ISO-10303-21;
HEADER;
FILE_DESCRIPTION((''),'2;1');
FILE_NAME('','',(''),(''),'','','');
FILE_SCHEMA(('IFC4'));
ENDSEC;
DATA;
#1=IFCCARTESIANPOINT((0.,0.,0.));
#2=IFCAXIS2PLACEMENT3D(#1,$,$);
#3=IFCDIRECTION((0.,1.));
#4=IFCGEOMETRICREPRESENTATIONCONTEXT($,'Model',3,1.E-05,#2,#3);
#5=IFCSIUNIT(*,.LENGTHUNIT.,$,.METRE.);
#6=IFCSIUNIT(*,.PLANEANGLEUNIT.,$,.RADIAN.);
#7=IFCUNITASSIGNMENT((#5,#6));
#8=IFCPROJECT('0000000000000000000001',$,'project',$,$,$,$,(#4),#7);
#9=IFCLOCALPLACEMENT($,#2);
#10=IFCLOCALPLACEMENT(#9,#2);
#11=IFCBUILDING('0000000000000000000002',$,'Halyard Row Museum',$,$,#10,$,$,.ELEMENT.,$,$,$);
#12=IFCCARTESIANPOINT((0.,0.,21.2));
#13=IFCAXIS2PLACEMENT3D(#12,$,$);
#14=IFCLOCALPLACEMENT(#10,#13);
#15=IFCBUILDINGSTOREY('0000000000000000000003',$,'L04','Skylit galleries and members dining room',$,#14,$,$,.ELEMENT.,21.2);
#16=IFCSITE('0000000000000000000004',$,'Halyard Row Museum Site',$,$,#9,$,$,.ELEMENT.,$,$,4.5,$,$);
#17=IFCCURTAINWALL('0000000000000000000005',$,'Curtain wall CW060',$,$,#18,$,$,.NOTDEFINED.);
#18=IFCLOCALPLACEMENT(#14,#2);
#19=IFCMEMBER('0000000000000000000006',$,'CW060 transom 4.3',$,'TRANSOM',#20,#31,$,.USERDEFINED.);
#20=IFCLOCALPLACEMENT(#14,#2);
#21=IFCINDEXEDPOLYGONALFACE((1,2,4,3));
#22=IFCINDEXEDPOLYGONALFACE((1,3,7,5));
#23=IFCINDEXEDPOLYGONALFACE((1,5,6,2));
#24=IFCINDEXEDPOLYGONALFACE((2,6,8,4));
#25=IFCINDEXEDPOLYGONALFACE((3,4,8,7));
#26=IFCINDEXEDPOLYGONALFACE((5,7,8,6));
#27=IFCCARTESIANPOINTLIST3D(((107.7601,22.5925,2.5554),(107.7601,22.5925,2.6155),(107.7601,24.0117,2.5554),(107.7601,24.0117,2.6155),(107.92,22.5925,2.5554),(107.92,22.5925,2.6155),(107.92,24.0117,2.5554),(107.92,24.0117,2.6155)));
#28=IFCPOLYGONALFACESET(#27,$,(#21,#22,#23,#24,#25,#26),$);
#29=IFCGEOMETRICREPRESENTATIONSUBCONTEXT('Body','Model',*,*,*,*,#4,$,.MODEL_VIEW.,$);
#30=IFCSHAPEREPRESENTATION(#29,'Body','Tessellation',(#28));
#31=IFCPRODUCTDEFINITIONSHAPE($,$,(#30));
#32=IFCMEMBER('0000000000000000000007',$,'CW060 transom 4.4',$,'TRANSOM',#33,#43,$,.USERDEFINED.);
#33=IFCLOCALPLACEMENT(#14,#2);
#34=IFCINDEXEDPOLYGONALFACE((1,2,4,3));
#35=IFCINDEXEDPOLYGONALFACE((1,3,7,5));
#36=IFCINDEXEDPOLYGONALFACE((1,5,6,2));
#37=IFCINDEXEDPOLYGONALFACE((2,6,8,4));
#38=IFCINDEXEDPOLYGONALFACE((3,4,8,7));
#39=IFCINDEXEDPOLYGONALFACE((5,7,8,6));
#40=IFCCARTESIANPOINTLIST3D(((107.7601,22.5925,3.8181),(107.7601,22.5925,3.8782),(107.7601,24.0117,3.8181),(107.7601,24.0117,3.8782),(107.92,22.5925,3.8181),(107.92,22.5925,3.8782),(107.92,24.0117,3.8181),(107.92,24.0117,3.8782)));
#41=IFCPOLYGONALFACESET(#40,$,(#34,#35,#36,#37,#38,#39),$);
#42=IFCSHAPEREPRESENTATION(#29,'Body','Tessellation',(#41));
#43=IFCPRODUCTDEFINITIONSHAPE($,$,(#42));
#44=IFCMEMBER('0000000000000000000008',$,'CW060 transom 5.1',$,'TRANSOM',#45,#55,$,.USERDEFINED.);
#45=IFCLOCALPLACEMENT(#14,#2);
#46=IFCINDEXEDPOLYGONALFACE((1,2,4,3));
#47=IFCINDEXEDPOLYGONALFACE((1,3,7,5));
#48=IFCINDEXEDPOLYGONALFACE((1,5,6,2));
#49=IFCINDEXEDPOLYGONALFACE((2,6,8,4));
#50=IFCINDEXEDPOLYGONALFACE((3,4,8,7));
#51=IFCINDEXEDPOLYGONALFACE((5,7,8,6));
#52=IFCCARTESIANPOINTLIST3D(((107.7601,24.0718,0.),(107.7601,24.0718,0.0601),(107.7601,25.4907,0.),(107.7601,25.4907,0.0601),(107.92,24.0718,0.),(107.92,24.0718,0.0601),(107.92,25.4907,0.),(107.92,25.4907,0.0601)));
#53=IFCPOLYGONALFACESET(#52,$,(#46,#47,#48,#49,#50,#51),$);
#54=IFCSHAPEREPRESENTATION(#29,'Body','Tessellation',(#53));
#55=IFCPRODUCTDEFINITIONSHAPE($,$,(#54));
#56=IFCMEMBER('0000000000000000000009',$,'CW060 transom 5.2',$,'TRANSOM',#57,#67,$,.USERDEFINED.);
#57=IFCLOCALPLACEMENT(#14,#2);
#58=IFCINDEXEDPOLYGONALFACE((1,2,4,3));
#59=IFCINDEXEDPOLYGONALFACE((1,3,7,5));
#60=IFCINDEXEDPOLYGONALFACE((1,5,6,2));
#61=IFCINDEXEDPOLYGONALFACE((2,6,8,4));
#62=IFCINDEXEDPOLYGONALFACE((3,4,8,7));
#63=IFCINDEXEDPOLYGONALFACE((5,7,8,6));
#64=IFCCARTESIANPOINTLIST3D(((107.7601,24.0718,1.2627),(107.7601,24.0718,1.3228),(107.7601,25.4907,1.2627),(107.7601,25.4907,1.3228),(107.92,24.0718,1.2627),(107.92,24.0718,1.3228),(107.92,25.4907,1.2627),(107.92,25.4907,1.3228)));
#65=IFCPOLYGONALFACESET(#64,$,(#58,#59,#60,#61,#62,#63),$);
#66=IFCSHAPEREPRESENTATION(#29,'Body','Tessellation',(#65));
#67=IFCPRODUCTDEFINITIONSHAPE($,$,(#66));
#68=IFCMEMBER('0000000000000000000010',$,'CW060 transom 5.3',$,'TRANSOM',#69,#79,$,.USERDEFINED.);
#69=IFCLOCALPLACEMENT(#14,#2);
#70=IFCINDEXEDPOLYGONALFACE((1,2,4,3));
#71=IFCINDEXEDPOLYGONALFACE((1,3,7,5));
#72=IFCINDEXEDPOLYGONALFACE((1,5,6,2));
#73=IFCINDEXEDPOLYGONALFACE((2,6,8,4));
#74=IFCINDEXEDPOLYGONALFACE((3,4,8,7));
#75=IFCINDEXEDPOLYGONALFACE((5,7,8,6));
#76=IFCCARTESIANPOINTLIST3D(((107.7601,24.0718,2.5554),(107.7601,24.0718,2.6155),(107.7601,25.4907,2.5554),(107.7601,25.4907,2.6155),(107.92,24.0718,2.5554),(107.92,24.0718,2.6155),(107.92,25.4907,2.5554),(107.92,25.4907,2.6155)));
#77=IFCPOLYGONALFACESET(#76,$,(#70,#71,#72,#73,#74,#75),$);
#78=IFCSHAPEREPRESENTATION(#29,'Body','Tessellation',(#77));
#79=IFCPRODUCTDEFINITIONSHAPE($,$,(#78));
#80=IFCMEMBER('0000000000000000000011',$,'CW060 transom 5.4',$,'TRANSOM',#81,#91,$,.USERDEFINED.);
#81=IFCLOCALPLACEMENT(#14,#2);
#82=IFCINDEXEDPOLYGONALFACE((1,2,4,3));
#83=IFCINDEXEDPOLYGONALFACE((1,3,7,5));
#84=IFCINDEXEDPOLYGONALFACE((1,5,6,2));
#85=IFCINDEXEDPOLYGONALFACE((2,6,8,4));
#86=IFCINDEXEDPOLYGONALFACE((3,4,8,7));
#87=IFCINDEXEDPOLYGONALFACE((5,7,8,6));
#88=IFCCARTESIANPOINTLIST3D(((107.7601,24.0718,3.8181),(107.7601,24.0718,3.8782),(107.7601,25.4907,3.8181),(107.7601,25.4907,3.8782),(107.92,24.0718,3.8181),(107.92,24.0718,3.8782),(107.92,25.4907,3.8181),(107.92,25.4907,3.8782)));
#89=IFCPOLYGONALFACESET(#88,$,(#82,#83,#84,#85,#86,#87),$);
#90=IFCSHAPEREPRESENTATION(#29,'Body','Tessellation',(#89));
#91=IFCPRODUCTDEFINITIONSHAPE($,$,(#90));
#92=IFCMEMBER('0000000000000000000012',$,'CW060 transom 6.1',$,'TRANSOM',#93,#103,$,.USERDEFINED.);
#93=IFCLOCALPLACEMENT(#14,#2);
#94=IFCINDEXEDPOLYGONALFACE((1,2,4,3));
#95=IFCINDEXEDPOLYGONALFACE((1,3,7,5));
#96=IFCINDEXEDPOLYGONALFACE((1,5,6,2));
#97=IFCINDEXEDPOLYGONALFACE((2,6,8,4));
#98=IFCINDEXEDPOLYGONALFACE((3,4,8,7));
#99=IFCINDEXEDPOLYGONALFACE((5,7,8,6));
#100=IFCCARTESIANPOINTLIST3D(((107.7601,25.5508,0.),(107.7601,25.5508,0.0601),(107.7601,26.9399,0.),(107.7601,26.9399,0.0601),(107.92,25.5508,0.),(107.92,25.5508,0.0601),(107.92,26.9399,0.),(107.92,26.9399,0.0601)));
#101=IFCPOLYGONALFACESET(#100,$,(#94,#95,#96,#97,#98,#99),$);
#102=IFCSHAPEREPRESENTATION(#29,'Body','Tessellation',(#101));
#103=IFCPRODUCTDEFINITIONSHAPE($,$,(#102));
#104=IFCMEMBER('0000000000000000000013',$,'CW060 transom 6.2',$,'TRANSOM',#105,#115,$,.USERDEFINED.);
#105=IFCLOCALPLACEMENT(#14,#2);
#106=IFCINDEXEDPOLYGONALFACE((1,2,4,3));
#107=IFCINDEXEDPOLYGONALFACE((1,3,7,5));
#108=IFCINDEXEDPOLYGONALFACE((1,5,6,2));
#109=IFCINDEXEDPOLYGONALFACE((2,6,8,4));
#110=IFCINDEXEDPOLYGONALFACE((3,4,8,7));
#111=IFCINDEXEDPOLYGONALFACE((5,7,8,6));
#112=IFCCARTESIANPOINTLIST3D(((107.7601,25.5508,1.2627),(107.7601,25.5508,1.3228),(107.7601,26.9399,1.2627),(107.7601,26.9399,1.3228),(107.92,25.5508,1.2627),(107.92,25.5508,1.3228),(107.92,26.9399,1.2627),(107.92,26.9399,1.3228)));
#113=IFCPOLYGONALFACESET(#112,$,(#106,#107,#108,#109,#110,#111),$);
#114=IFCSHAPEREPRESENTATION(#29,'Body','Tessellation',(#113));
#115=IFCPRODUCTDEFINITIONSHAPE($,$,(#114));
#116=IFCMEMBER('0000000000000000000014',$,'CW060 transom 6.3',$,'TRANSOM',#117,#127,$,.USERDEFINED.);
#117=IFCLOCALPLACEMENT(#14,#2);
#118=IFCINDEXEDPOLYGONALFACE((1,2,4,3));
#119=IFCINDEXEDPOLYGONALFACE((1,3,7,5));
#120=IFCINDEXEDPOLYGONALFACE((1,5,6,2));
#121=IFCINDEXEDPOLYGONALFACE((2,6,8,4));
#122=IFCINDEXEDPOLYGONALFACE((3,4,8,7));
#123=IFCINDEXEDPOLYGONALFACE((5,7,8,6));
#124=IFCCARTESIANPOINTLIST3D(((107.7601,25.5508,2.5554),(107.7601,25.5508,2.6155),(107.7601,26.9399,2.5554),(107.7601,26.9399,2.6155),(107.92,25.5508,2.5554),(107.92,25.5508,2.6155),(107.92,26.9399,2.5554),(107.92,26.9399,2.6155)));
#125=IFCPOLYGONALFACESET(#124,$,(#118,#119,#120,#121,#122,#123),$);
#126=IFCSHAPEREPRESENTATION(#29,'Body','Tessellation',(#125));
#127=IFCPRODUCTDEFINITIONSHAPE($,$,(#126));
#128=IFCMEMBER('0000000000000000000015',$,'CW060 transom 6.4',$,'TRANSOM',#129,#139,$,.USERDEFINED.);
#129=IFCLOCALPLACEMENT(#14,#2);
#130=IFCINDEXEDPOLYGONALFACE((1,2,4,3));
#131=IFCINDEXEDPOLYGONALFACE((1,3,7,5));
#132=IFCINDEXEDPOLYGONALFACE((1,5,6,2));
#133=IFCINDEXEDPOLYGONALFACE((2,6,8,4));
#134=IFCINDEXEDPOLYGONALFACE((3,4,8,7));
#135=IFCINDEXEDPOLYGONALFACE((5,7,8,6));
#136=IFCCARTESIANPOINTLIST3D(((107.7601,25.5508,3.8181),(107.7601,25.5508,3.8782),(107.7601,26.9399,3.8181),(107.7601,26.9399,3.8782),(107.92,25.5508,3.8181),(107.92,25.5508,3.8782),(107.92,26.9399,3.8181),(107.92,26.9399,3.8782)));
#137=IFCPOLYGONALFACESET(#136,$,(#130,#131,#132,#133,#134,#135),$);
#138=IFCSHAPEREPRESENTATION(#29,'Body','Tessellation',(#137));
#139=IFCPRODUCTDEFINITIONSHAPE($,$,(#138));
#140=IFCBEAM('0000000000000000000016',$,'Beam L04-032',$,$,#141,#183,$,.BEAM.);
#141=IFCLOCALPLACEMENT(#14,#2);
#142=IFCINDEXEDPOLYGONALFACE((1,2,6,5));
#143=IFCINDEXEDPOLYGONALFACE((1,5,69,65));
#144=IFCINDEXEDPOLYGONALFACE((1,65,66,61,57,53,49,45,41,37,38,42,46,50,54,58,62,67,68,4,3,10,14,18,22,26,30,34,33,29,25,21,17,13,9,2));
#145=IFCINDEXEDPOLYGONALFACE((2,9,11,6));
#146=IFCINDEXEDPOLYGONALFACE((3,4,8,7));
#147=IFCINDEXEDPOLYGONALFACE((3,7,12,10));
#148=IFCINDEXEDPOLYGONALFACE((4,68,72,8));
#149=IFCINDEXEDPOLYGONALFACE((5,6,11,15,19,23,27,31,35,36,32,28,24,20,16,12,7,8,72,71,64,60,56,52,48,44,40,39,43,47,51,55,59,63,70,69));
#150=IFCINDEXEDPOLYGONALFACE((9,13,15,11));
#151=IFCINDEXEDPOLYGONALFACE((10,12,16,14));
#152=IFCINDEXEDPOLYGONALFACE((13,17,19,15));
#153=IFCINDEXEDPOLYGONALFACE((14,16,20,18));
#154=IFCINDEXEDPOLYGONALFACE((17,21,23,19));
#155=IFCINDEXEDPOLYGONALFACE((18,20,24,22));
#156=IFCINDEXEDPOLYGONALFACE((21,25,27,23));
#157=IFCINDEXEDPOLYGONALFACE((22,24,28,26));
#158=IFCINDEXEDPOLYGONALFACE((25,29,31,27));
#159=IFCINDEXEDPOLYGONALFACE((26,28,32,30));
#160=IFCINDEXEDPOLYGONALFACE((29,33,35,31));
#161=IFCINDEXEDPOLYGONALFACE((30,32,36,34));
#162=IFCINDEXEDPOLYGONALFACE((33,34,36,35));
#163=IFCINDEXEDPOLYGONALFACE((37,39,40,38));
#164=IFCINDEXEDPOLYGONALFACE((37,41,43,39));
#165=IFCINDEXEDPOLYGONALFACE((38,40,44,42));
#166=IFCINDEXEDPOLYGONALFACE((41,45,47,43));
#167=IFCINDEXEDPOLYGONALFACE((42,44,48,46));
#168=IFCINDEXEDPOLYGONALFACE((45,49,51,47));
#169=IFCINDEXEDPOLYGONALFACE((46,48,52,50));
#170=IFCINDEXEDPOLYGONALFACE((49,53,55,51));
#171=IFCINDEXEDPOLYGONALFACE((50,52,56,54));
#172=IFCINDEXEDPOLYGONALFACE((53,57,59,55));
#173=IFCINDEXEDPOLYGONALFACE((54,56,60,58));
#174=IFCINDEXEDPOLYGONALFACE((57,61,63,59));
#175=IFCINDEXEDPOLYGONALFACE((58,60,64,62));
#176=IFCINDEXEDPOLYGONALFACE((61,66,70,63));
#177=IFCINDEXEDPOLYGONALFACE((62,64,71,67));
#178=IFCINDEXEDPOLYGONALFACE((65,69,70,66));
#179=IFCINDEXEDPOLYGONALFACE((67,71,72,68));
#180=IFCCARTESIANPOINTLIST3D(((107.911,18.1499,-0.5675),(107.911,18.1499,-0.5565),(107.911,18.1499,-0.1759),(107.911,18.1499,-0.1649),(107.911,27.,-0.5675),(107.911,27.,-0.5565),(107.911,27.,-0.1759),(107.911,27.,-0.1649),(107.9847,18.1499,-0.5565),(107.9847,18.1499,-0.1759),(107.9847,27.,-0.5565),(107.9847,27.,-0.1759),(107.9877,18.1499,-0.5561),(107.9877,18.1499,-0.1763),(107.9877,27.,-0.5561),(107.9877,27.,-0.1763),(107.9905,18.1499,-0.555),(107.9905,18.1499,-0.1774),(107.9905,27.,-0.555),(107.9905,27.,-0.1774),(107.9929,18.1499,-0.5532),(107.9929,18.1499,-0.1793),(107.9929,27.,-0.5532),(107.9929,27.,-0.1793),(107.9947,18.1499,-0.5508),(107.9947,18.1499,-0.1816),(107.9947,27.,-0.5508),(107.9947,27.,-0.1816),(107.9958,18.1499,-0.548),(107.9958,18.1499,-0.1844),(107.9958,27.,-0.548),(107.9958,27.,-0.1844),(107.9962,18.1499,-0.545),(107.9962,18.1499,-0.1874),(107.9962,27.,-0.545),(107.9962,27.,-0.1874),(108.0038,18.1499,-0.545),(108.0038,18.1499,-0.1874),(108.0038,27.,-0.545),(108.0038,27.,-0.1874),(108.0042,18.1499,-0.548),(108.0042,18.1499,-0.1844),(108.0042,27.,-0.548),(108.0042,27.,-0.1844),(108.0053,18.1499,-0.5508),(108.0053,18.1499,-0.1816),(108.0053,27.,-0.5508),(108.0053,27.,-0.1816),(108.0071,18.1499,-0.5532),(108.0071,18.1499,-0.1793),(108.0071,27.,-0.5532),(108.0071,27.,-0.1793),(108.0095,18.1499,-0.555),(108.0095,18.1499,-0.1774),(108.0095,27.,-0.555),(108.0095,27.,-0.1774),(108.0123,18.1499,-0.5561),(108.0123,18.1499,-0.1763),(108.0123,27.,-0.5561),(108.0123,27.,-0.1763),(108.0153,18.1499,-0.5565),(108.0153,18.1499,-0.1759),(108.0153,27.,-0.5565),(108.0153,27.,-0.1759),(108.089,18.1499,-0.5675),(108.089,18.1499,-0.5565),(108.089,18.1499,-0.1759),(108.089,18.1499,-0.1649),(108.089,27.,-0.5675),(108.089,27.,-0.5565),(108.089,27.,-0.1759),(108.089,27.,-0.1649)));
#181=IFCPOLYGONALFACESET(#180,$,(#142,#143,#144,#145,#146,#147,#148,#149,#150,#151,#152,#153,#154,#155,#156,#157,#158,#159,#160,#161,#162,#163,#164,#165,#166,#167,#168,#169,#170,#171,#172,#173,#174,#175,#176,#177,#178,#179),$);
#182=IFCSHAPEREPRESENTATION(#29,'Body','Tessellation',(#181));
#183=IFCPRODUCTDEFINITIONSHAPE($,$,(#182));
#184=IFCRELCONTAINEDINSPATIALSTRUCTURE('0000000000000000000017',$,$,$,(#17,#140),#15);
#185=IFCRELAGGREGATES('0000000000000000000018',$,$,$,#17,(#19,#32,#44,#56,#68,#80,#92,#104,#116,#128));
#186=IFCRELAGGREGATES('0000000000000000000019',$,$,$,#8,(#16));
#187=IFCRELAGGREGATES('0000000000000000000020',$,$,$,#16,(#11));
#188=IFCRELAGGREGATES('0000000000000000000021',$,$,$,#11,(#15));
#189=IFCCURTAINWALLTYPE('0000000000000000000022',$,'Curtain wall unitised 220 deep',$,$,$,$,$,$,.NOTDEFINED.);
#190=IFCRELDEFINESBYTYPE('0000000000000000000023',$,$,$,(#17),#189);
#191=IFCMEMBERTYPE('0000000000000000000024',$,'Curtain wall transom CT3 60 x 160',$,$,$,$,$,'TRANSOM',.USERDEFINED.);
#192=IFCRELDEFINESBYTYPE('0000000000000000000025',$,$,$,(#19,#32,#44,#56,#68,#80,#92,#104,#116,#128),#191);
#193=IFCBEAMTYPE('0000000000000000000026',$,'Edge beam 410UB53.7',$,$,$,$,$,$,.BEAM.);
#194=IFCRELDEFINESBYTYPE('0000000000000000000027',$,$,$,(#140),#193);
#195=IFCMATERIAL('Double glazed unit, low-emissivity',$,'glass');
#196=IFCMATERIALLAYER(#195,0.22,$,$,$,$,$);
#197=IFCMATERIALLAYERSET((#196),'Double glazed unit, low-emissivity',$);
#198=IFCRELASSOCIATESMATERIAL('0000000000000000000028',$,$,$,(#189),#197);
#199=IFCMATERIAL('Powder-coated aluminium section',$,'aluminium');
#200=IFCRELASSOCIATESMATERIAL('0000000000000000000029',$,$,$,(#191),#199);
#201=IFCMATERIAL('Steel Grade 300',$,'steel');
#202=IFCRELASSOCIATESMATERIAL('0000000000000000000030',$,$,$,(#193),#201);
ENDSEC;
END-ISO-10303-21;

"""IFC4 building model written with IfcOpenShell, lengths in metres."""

from ifc_helpers import new_model, si_unit, direction, frame, origin, origin_2d, place, context, subcontext, project, spatial, rectangle, i_section, extrude, material, layer, layer_set, material_profile, profile_set, type_object, element, aggregate, save


model = new_model("IFC4")

# Units and contexts
model_context = context("Model", 3, precision=1e-05, world=origin(), true_north=direction((0.0, 1.0)))
body_context = subcontext(model_context, "Body", "Model", "MODEL_VIEW")
ifc_project = project(units=[si_unit("LENGTHUNIT", "METRE"), si_unit("PLANEANGLEUNIT", "RADIAN")], contexts=[model_context])

# Site, building, storey
site_placement = place(None, origin())
site = spatial("IfcSite", under=ifc_project, at=site_placement, Name="Halyard Row Museum Site", CompositionType="ELEMENT", RefElevation=4.5)
building_placement = place(site_placement, origin())
building = spatial("IfcBuilding", under=site, at=building_placement, Name="Halyard Row Museum", CompositionType="ELEMENT")
storey_placement = place(building_placement, frame((0.0, 0.0, 21.2)))
storey = spatial("IfcBuildingStorey", under=building, at=storey_placement, Name="L04", Description="Skylit galleries and members dining room", CompositionType="ELEMENT", Elevation=21.2)

# Curtain wall, members
ifc_material_1 = material(Name="Double glazed unit, low-emissivity", Category="glass")
ifc_layer_1 = layer(ifc_material_1, 0.22)
ifc_layer_set_1 = layer_set([ifc_layer_1], Name="Double glazed unit, low-emissivity")
curtain_wall_type = type_object("IfcCurtainWallType", Name="Curtain wall unitised 220 deep", PredefinedType="NOTDEFINED", material=ifc_layer_set_1)
curtain_wall_placement = place(storey_placement, origin())
curtain_wall = element("IfcCurtainWall", 1, at=curtain_wall_placement, inside=storey, type_object=curtain_wall_type, Name="Curtain wall CW060", PredefinedType="NOTDEFINED")
ifc_material_2 = material(Name="Powder-coated aluminium section", Category="aluminium")
ifc_material_profile_1 = material_profile(ifc_material_2, rectangle(XDim=0.1599, YDim=0.0601, at=origin_2d()), Name="160x60 transom")
ifc_profile_set_1 = profile_set([ifc_material_profile_1], Name="Powder-coated aluminium section")
member_type_1 = type_object("IfcMemberType", Name="Curtain wall transom CT3 60 x 160", ElementType="TRANSOM", PredefinedType="USERDEFINED", material=ifc_profile_set_1)
member_1_placement = place(storey_placement, frame((107.8401, 22.5925, 2.5854), z_axis=(0.0, 1.0, 0.0), x_axis=(-1.0, 0.0, 0.0)))
member_1 = element("IfcMember", 2, at=member_1_placement, type_object=member_type_1, Name="CW060 transom 4.3", ObjectType="TRANSOM", PredefinedType="USERDEFINED", context=body_context, shape_type="SweptSolid", body=[
    extrude(rectangle(XDim=0.1599, YDim=0.0601, at=origin_2d()), origin(), (0.0, 0.0, 1.0), 1.4192),
])
member_2_placement = place(storey_placement, frame((107.8401, 22.5925, 3.8481), z_axis=(0.0, 1.0, 0.0), x_axis=(-1.0, 0.0, 0.0)))
member_2 = element("IfcMember", 3, at=member_2_placement, type_object=member_type_1, Name="CW060 transom 4.4", ObjectType="TRANSOM", PredefinedType="USERDEFINED", context=body_context, shape_type="SweptSolid", body=[
    extrude(rectangle(XDim=0.1599, YDim=0.0601, at=origin_2d()), origin(), (0.0, 0.0, 1.0), 1.4192),
])
member_3_placement = place(storey_placement, frame((107.8401, 24.0718, 0.03), z_axis=(0.0, 1.0, 0.0), x_axis=(-1.0, 0.0, 0.0)))
member_3 = element("IfcMember", 4, at=member_3_placement, type_object=member_type_1, Name="CW060 transom 5.1", ObjectType="TRANSOM", PredefinedType="USERDEFINED", context=body_context, shape_type="SweptSolid", body=[
    extrude(rectangle(XDim=0.1599, YDim=0.0601, at=origin_2d()), origin(), (0.0, 0.0, 1.0), 1.4189),
])
member_4_placement = place(storey_placement, frame((107.8401, 24.0718, 1.2927), z_axis=(0.0, 1.0, 0.0), x_axis=(-1.0, 0.0, 0.0)))
member_4 = element("IfcMember", 5, at=member_4_placement, type_object=member_type_1, Name="CW060 transom 5.2", ObjectType="TRANSOM", PredefinedType="USERDEFINED", context=body_context, shape_type="SweptSolid", body=[
    extrude(rectangle(XDim=0.1599, YDim=0.0601, at=origin_2d()), origin(), (0.0, 0.0, 1.0), 1.4189),
])
member_5_placement = place(storey_placement, frame((107.8401, 24.0718, 2.5854), z_axis=(0.0, 1.0, 0.0), x_axis=(-1.0, 0.0, 0.0)))
member_5 = element("IfcMember", 6, at=member_5_placement, type_object=member_type_1, Name="CW060 transom 5.3", ObjectType="TRANSOM", PredefinedType="USERDEFINED", context=body_context, shape_type="SweptSolid", body=[
    extrude(rectangle(XDim=0.1599, YDim=0.0601, at=origin_2d()), origin(), (0.0, 0.0, 1.0), 1.4189),
])
member_6_placement = place(storey_placement, frame((107.8401, 24.0718, 3.8481), z_axis=(0.0, 1.0, 0.0), x_axis=(-1.0, 0.0, 0.0)))
member_6 = element("IfcMember", 7, at=member_6_placement, type_object=member_type_1, Name="CW060 transom 5.4", ObjectType="TRANSOM", PredefinedType="USERDEFINED", context=body_context, shape_type="SweptSolid", body=[
    extrude(rectangle(XDim=0.1599, YDim=0.0601, at=origin_2d()), origin(), (0.0, 0.0, 1.0), 1.4189),
])
member_7_placement = place(storey_placement, frame((107.8401, 25.5508, 0.03), z_axis=(0.0, 1.0, 0.0), x_axis=(-1.0, 0.0, 0.0)))
member_7 = element("IfcMember", 8, at=member_7_placement, type_object=member_type_1, Name="CW060 transom 6.1", ObjectType="TRANSOM", PredefinedType="USERDEFINED", context=body_context, shape_type="SweptSolid", body=[
    extrude(rectangle(XDim=0.1599, YDim=0.0601, at=origin_2d()), origin(), (0.0, 0.0, 1.0), 1.3892),
])
member_8_placement = place(storey_placement, frame((107.8401, 25.5508, 1.2927), z_axis=(0.0, 1.0, 0.0), x_axis=(-1.0, 0.0, 0.0)))
member_8 = element("IfcMember", 9, at=member_8_placement, type_object=member_type_1, Name="CW060 transom 6.2", ObjectType="TRANSOM", PredefinedType="USERDEFINED", context=body_context, shape_type="SweptSolid", body=[
    extrude(rectangle(XDim=0.1599, YDim=0.0601, at=origin_2d()), origin(), (0.0, 0.0, 1.0), 1.3892),
])
member_9_placement = place(storey_placement, frame((107.8401, 25.5508, 2.5854), z_axis=(0.0, 1.0, 0.0), x_axis=(-1.0, 0.0, 0.0)))
member_9 = element("IfcMember", 10, at=member_9_placement, type_object=member_type_1, Name="CW060 transom 6.3", ObjectType="TRANSOM", PredefinedType="USERDEFINED", context=body_context, shape_type="SweptSolid", body=[
    extrude(rectangle(XDim=0.1599, YDim=0.0601, at=origin_2d()), origin(), (0.0, 0.0, 1.0), 1.3892),
])
member_10_placement = place(storey_placement, frame((107.8401, 25.5508, 3.8481), z_axis=(0.0, 1.0, 0.0), x_axis=(-1.0, 0.0, 0.0)))
member_10 = element("IfcMember", 11, at=member_10_placement, type_object=member_type_1, Name="CW060 transom 6.4", ObjectType="TRANSOM", PredefinedType="USERDEFINED", context=body_context, shape_type="SweptSolid", body=[
    extrude(rectangle(XDim=0.1599, YDim=0.0601, at=origin_2d()), origin(), (0.0, 0.0, 1.0), 1.3892),
])

# Beam
ifc_material_3 = material(Name="Steel Grade 300", Category="steel")
ifc_material_profile_2 = material_profile(ifc_material_3, i_section(OverallWidth=0.178, OverallDepth=0.4026, WebThickness=0.0076, FlangeThickness=0.011, FilletRadius=0.0115, at=origin_2d()), Name="410UB53.7")
ifc_profile_set_2 = profile_set([ifc_material_profile_2], Name="Steel Grade 300")
beam_type = type_object("IfcBeamType", Name="Edge beam 410UB53.7", PredefinedType="BEAM", material=ifc_profile_set_2)
beam_placement = place(storey_placement, frame((108.0, 18.1499, -0.3662), z_axis=(0.0, 1.0, 0.0), x_axis=(-1.0, 0.0, 0.0)))
element("IfcBeam", 12, at=beam_placement, inside=storey, type_object=beam_type, Name="Beam L04-032", PredefinedType="BEAM", context=body_context, shape_type="SweptSolid", body=[
    extrude(i_section(OverallWidth=0.178, OverallDepth=0.4026, WebThickness=0.0076, FlangeThickness=0.011, FilletRadius=0.0115, at=origin_2d()), origin(), (0.0, 0.0, 1.0), 8.8501),
])

aggregate(curtain_wall, [member_1, member_2, member_3, member_4, member_5, member_6, member_7, member_8, member_9, member_10])

save(model, "model.ifc")
